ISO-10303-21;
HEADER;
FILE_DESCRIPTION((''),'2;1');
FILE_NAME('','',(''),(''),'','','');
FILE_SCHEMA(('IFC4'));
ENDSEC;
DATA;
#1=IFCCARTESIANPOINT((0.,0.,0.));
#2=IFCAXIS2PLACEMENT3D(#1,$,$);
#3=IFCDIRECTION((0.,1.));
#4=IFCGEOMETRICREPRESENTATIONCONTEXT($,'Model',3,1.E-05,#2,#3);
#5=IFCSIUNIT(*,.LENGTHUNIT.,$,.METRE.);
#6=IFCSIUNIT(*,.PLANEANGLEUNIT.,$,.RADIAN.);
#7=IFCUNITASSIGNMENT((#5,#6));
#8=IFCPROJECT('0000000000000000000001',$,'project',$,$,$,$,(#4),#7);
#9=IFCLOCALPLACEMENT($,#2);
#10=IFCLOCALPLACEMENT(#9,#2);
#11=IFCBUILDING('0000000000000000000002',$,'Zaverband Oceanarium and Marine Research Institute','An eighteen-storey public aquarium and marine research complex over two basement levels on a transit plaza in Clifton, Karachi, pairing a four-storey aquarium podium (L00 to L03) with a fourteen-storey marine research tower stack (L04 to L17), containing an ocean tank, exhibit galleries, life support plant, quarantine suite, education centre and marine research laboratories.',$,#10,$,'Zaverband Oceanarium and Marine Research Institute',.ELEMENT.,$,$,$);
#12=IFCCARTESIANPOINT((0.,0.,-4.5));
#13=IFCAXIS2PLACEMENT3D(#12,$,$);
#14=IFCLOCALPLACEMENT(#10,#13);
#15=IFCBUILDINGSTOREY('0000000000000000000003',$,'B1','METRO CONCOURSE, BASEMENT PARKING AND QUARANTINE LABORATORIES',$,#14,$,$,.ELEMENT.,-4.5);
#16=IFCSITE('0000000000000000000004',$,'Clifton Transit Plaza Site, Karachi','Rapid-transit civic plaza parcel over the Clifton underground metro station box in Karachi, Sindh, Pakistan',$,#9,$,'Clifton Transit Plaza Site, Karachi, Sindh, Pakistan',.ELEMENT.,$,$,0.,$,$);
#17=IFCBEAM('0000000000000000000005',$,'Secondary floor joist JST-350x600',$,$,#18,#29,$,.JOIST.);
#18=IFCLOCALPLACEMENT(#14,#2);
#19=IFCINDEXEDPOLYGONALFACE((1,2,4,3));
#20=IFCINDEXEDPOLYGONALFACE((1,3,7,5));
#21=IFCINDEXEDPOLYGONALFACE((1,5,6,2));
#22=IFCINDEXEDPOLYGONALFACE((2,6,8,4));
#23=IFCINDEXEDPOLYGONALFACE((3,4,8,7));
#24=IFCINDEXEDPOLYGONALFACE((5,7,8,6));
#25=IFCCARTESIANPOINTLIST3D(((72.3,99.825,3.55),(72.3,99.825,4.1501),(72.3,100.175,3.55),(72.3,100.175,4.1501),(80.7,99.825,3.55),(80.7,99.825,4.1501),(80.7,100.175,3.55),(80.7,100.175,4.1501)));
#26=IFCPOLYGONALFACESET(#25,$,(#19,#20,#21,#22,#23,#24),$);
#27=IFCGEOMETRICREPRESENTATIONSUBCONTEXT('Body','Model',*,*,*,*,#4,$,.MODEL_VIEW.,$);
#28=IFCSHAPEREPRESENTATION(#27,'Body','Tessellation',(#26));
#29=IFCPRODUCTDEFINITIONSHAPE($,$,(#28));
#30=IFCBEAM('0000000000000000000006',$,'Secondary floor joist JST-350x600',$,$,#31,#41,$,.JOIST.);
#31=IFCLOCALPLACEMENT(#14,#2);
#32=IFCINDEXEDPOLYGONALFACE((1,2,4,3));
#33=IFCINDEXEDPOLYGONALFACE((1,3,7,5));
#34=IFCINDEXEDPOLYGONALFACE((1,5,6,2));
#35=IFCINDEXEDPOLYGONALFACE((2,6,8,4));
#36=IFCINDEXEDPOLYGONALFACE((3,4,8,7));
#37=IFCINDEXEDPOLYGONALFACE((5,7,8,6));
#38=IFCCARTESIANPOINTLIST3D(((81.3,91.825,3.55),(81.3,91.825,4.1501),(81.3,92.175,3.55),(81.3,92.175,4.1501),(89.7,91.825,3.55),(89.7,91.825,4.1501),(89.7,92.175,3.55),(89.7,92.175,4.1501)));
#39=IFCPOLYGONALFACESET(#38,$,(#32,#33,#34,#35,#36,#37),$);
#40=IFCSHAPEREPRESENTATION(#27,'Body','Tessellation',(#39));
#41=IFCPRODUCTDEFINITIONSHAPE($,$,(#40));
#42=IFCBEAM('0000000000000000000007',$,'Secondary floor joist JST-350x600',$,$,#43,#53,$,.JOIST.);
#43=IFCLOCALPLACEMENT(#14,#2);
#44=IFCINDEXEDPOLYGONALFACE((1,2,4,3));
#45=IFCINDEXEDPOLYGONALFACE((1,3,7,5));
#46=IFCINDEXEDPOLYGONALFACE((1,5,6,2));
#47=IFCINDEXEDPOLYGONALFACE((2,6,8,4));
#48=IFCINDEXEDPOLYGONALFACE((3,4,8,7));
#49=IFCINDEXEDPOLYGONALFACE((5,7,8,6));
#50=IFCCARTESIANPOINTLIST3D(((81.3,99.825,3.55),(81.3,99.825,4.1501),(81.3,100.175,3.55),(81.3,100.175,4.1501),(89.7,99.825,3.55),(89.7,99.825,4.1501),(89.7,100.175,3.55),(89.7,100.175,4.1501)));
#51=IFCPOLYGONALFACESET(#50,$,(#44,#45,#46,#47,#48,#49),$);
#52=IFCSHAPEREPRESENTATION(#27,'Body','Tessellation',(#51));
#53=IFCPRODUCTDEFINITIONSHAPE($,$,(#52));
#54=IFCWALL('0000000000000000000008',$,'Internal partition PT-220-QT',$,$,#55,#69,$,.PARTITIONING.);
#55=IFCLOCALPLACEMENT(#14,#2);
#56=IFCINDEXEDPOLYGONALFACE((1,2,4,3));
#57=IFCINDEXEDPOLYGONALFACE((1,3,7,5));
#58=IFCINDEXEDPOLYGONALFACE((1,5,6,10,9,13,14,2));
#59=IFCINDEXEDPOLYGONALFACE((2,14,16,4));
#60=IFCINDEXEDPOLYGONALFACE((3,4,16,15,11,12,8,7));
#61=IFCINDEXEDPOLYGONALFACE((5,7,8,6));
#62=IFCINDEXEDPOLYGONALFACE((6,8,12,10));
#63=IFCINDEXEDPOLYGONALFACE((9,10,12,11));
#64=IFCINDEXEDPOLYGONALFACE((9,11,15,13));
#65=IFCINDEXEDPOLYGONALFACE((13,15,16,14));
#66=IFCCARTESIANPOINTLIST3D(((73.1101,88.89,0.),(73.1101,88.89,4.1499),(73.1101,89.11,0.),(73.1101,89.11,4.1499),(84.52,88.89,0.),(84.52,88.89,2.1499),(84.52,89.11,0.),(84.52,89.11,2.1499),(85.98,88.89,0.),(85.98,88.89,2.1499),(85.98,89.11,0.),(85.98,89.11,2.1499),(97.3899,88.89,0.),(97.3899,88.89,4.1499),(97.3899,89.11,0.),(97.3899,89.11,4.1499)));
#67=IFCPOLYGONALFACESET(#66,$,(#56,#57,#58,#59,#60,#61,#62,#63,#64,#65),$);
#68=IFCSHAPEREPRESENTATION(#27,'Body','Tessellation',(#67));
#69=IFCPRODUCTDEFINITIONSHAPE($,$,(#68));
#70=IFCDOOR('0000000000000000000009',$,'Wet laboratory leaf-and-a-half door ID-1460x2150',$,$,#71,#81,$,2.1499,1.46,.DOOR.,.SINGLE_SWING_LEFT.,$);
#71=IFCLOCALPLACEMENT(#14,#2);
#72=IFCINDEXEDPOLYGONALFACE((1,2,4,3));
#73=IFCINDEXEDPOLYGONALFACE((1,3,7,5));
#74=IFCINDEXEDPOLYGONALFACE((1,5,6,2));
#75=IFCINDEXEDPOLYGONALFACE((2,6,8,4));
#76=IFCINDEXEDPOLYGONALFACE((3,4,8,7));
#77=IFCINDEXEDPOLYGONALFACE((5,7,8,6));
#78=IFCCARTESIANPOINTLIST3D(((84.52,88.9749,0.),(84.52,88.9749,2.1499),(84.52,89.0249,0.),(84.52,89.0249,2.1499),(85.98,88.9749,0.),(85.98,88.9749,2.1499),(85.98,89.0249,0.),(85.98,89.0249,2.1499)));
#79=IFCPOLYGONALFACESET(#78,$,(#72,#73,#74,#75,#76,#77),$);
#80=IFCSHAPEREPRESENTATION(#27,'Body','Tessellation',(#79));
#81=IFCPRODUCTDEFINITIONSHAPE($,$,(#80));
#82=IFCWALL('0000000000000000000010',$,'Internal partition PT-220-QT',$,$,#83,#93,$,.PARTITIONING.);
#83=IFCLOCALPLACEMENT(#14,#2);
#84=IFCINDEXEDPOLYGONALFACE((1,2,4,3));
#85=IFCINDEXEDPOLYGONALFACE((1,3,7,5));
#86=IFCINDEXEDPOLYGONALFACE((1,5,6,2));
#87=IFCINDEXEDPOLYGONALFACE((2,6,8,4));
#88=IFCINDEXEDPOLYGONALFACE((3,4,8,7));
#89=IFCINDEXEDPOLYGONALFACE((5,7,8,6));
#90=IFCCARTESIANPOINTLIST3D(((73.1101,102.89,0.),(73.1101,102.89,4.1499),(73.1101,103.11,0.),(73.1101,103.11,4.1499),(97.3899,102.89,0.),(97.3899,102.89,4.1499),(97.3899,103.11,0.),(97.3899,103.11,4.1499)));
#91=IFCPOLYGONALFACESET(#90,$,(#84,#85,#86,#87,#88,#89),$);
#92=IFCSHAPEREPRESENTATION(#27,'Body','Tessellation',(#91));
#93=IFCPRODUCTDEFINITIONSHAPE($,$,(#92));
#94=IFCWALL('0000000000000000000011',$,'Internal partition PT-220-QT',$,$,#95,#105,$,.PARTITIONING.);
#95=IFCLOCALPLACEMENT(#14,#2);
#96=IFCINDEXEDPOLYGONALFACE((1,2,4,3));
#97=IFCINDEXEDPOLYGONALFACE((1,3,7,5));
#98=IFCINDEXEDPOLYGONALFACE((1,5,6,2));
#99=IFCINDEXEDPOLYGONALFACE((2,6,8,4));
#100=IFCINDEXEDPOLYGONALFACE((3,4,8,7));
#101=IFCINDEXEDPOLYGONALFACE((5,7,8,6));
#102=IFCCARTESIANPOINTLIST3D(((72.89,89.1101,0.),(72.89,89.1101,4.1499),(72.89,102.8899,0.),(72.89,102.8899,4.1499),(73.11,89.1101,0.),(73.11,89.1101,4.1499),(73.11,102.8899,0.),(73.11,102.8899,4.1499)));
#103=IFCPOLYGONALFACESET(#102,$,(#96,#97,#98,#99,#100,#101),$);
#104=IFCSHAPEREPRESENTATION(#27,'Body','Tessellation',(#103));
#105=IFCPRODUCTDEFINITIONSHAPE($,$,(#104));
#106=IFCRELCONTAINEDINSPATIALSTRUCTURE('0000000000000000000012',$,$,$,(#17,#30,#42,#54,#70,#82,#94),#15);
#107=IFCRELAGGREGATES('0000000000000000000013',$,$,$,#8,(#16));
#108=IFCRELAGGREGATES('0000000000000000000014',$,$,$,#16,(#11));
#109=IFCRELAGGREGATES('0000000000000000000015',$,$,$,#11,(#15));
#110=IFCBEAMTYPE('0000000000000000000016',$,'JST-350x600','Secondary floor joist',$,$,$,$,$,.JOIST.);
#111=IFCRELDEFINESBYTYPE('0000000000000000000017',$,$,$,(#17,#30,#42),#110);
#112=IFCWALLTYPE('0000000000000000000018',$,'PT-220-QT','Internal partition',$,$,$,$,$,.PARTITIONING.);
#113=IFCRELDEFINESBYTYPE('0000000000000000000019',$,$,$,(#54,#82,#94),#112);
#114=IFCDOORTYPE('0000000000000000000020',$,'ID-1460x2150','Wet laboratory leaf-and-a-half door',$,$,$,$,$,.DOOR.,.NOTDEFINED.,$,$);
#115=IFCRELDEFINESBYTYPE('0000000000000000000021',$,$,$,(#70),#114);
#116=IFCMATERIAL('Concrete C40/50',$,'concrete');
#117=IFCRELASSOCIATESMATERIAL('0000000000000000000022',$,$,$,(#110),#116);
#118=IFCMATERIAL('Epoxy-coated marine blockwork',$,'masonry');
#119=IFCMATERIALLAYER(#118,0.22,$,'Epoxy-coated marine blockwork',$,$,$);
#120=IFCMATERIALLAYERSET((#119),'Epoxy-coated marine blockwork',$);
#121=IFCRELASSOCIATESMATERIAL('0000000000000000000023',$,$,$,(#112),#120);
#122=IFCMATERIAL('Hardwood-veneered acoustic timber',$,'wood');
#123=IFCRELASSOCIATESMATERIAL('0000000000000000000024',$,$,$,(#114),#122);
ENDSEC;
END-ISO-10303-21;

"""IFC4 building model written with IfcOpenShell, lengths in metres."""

from ifc_helpers import new_model, si_unit, direction, frame, frame_2d, origin, origin_2d, place, context, subcontext, project, spatial, rectangle, extrude, material, layer, layer_set, material_profile, profile_set, type_object, element, fill, save


model = new_model("IFC4")

# Units and contexts
model_context = context("Model", 3, precision=1e-05, world=origin(), true_north=direction((0.0, 1.0)))
body_context = subcontext(model_context, "Body", "Model", "MODEL_VIEW")
ifc_project = project(units=[si_unit("LENGTHUNIT", "METRE"), si_unit("PLANEANGLEUNIT", "RADIAN")], contexts=[model_context])

# Site, building, storey
site_placement = place(None, origin())
site = spatial("IfcSite", under=ifc_project, at=site_placement, Name="Clifton Transit Plaza Site, Karachi", Description="Rapid-transit civic plaza parcel over the Clifton underground metro station box in Karachi, Sindh, Pakistan", LongName="Clifton Transit Plaza Site, Karachi, Sindh, Pakistan", CompositionType="ELEMENT", RefElevation=0.0)
building_placement = place(site_placement, origin())
building = spatial("IfcBuilding", under=site, at=building_placement, Name="Zaverband Oceanarium and Marine Research Institute", Description="An eighteen-storey public aquarium and marine research complex over two basement levels on a transit plaza in Clifton, Karachi, pairing a four-storey aquarium podium (L00 to L03) with a fourteen-storey marine research tower stack (L04 to L17), containing an ocean tank, exhibit galleries, life support plant, quarantine suite, education centre and marine research laboratories.", LongName="Zaverband Oceanarium and Marine Research Institute", CompositionType="ELEMENT")
storey_placement = place(building_placement, frame((0.0, 0.0, -4.5)))
storey = spatial("IfcBuildingStorey", under=building, at=storey_placement, Name="B1", Description="METRO CONCOURSE, BASEMENT PARKING AND QUARANTINE LABORATORIES", CompositionType="ELEMENT", Elevation=-4.5)

# Beams
ifc_material_1 = material(Name="Concrete C40/50", Category="concrete")
ifc_material_profile_1 = material_profile(ifc_material_1, rectangle(XDim=0.3501, YDim=0.6001, at=origin_2d()), Name="RC350x600")
ifc_profile_set_1 = profile_set([ifc_material_profile_1], Name="Concrete C40/50")
beam_type_1 = type_object("IfcBeamType", Name="JST-350x600", Description="Secondary floor joist", PredefinedType="JOIST", material=ifc_profile_set_1)
for number, where, z_axis, x_axis, name in (
    (1, (72.3, 100.0, 3.8501), (1.0, 0.0, 0.0), (0.0, 1.0, 0.0), "Secondary floor joist JST-350x600"),
    (2, (81.3, 92.0, 3.8501), (1.0, 0.0, 0.0), (0.0, 1.0, 0.0), "Secondary floor joist JST-350x600"),
    (3, (81.3, 100.0, 3.8501), (1.0, 0.0, 0.0), (0.0, 1.0, 0.0), "Secondary floor joist JST-350x600"),
):
    element("IfcBeam", number, at=place(storey_placement, frame(where, z_axis=z_axis, x_axis=x_axis)), inside=storey, type_object=beam_type_1, Name=name, PredefinedType="JOIST", context=body_context, shape_type="SweptSolid", body=[
        extrude(rectangle(XDim=0.3501, YDim=0.6001, at=origin_2d()), origin(), (0.0, 0.0, 1.0), 8.3999),
    ])

# Wall, opening, door
ifc_material_2 = material(Name="Epoxy-coated marine blockwork", Category="masonry")
ifc_layer = layer(ifc_material_2, 0.22, Name="Epoxy-coated marine blockwork")
ifc_layer_set = layer_set([ifc_layer], Name="Epoxy-coated marine blockwork")
wall_type = type_object("IfcWallType", Name="PT-220-QT", Description="Internal partition", PredefinedType="PARTITIONING", material=ifc_layer_set)
wall_1_placement = place(storey_placement, frame((73.1101, 89.0, 0.0), z_axis=(0.0, 0.0, 1.0), x_axis=(1.0, 0.0, 0.0)))
wall_1 = element("IfcWall", 4, at=wall_1_placement, inside=storey, type_object=wall_type, Name="Internal partition PT-220-QT", PredefinedType="PARTITIONING", context=body_context, shape_type="SweptSolid", body=[
    extrude(rectangle(XDim=24.2798, YDim=0.22, at=frame_2d((12.1399, 0.0))), origin(), (0.0, 0.0, 1.0), 4.1499),
])
opening_placement = place(wall_1_placement, frame((11.4099, 0.0, 0.0)))
opening = element("IfcOpeningElement", 5, at=opening_placement, cuts=wall_1, PredefinedType="OPENING", context=body_context, shape_type="SweptSolid", body=[
    extrude(rectangle(XDim=1.46, YDim=2.1499, at=frame_2d((0.73, 1.075))), frame((0.0, 0.1221, 0.0), z_axis=(0.0, -1.0, 0.0), x_axis=(1.0, 0.0, 0.0)), (0.0, 0.0, 1.0), 0.2439),
])
ifc_material_3 = material(Name="Hardwood-veneered acoustic timber", Category="wood")
door_type = type_object("IfcDoorType", Name="ID-1460x2150", Description="Wet laboratory leaf-and-a-half door", OperationType="NOTDEFINED", PredefinedType="DOOR", material=ifc_material_3)
door_placement = place(opening_placement, origin())
door = element("IfcDoor", 6, at=door_placement, inside=storey, type_object=door_type, Name="Wet laboratory leaf-and-a-half door ID-1460x2150", OperationType="SINGLE_SWING_LEFT", OverallHeight=2.1499, OverallWidth=1.46, PredefinedType="DOOR", context=body_context, shape_type="SweptSolid", body=[
    extrude(rectangle(XDim=1.46, YDim=2.1499, at=frame_2d((0.73, 1.075))), frame((0.0, 0.0249, 0.0), z_axis=(0.0, -1.0, 0.0), x_axis=(1.0, 0.0, 0.0)), (0.0, 0.0, 1.0), 0.05),
])
fill(opening, door)

# Walls
wall_2_placement = place(storey_placement, frame((73.1101, 103.0, 0.0), z_axis=(0.0, 0.0, 1.0), x_axis=(1.0, 0.0, 0.0)))
element("IfcWall", 7, at=wall_2_placement, inside=storey, type_object=wall_type, Name="Internal partition PT-220-QT", PredefinedType="PARTITIONING", context=body_context, shape_type="SweptSolid", body=[
    extrude(rectangle(XDim=24.2798, YDim=0.22, at=frame_2d((12.1399, 0.0))), origin(), (0.0, 0.0, 1.0), 4.1499),
])
wall_3_placement = place(storey_placement, frame((73.0, 89.1101, 0.0), z_axis=(0.0, 0.0, 1.0), x_axis=(0.0, 1.0, 0.0)))
element("IfcWall", 8, at=wall_3_placement, inside=storey, type_object=wall_type, Name="Internal partition PT-220-QT", PredefinedType="PARTITIONING", context=body_context, shape_type="SweptSolid", body=[
    extrude(rectangle(XDim=13.7798, YDim=0.22, at=frame_2d((6.8899, 0.0))), origin(), (0.0, 0.0, 1.0), 4.1499),
])

save(model, "model.ifc")
